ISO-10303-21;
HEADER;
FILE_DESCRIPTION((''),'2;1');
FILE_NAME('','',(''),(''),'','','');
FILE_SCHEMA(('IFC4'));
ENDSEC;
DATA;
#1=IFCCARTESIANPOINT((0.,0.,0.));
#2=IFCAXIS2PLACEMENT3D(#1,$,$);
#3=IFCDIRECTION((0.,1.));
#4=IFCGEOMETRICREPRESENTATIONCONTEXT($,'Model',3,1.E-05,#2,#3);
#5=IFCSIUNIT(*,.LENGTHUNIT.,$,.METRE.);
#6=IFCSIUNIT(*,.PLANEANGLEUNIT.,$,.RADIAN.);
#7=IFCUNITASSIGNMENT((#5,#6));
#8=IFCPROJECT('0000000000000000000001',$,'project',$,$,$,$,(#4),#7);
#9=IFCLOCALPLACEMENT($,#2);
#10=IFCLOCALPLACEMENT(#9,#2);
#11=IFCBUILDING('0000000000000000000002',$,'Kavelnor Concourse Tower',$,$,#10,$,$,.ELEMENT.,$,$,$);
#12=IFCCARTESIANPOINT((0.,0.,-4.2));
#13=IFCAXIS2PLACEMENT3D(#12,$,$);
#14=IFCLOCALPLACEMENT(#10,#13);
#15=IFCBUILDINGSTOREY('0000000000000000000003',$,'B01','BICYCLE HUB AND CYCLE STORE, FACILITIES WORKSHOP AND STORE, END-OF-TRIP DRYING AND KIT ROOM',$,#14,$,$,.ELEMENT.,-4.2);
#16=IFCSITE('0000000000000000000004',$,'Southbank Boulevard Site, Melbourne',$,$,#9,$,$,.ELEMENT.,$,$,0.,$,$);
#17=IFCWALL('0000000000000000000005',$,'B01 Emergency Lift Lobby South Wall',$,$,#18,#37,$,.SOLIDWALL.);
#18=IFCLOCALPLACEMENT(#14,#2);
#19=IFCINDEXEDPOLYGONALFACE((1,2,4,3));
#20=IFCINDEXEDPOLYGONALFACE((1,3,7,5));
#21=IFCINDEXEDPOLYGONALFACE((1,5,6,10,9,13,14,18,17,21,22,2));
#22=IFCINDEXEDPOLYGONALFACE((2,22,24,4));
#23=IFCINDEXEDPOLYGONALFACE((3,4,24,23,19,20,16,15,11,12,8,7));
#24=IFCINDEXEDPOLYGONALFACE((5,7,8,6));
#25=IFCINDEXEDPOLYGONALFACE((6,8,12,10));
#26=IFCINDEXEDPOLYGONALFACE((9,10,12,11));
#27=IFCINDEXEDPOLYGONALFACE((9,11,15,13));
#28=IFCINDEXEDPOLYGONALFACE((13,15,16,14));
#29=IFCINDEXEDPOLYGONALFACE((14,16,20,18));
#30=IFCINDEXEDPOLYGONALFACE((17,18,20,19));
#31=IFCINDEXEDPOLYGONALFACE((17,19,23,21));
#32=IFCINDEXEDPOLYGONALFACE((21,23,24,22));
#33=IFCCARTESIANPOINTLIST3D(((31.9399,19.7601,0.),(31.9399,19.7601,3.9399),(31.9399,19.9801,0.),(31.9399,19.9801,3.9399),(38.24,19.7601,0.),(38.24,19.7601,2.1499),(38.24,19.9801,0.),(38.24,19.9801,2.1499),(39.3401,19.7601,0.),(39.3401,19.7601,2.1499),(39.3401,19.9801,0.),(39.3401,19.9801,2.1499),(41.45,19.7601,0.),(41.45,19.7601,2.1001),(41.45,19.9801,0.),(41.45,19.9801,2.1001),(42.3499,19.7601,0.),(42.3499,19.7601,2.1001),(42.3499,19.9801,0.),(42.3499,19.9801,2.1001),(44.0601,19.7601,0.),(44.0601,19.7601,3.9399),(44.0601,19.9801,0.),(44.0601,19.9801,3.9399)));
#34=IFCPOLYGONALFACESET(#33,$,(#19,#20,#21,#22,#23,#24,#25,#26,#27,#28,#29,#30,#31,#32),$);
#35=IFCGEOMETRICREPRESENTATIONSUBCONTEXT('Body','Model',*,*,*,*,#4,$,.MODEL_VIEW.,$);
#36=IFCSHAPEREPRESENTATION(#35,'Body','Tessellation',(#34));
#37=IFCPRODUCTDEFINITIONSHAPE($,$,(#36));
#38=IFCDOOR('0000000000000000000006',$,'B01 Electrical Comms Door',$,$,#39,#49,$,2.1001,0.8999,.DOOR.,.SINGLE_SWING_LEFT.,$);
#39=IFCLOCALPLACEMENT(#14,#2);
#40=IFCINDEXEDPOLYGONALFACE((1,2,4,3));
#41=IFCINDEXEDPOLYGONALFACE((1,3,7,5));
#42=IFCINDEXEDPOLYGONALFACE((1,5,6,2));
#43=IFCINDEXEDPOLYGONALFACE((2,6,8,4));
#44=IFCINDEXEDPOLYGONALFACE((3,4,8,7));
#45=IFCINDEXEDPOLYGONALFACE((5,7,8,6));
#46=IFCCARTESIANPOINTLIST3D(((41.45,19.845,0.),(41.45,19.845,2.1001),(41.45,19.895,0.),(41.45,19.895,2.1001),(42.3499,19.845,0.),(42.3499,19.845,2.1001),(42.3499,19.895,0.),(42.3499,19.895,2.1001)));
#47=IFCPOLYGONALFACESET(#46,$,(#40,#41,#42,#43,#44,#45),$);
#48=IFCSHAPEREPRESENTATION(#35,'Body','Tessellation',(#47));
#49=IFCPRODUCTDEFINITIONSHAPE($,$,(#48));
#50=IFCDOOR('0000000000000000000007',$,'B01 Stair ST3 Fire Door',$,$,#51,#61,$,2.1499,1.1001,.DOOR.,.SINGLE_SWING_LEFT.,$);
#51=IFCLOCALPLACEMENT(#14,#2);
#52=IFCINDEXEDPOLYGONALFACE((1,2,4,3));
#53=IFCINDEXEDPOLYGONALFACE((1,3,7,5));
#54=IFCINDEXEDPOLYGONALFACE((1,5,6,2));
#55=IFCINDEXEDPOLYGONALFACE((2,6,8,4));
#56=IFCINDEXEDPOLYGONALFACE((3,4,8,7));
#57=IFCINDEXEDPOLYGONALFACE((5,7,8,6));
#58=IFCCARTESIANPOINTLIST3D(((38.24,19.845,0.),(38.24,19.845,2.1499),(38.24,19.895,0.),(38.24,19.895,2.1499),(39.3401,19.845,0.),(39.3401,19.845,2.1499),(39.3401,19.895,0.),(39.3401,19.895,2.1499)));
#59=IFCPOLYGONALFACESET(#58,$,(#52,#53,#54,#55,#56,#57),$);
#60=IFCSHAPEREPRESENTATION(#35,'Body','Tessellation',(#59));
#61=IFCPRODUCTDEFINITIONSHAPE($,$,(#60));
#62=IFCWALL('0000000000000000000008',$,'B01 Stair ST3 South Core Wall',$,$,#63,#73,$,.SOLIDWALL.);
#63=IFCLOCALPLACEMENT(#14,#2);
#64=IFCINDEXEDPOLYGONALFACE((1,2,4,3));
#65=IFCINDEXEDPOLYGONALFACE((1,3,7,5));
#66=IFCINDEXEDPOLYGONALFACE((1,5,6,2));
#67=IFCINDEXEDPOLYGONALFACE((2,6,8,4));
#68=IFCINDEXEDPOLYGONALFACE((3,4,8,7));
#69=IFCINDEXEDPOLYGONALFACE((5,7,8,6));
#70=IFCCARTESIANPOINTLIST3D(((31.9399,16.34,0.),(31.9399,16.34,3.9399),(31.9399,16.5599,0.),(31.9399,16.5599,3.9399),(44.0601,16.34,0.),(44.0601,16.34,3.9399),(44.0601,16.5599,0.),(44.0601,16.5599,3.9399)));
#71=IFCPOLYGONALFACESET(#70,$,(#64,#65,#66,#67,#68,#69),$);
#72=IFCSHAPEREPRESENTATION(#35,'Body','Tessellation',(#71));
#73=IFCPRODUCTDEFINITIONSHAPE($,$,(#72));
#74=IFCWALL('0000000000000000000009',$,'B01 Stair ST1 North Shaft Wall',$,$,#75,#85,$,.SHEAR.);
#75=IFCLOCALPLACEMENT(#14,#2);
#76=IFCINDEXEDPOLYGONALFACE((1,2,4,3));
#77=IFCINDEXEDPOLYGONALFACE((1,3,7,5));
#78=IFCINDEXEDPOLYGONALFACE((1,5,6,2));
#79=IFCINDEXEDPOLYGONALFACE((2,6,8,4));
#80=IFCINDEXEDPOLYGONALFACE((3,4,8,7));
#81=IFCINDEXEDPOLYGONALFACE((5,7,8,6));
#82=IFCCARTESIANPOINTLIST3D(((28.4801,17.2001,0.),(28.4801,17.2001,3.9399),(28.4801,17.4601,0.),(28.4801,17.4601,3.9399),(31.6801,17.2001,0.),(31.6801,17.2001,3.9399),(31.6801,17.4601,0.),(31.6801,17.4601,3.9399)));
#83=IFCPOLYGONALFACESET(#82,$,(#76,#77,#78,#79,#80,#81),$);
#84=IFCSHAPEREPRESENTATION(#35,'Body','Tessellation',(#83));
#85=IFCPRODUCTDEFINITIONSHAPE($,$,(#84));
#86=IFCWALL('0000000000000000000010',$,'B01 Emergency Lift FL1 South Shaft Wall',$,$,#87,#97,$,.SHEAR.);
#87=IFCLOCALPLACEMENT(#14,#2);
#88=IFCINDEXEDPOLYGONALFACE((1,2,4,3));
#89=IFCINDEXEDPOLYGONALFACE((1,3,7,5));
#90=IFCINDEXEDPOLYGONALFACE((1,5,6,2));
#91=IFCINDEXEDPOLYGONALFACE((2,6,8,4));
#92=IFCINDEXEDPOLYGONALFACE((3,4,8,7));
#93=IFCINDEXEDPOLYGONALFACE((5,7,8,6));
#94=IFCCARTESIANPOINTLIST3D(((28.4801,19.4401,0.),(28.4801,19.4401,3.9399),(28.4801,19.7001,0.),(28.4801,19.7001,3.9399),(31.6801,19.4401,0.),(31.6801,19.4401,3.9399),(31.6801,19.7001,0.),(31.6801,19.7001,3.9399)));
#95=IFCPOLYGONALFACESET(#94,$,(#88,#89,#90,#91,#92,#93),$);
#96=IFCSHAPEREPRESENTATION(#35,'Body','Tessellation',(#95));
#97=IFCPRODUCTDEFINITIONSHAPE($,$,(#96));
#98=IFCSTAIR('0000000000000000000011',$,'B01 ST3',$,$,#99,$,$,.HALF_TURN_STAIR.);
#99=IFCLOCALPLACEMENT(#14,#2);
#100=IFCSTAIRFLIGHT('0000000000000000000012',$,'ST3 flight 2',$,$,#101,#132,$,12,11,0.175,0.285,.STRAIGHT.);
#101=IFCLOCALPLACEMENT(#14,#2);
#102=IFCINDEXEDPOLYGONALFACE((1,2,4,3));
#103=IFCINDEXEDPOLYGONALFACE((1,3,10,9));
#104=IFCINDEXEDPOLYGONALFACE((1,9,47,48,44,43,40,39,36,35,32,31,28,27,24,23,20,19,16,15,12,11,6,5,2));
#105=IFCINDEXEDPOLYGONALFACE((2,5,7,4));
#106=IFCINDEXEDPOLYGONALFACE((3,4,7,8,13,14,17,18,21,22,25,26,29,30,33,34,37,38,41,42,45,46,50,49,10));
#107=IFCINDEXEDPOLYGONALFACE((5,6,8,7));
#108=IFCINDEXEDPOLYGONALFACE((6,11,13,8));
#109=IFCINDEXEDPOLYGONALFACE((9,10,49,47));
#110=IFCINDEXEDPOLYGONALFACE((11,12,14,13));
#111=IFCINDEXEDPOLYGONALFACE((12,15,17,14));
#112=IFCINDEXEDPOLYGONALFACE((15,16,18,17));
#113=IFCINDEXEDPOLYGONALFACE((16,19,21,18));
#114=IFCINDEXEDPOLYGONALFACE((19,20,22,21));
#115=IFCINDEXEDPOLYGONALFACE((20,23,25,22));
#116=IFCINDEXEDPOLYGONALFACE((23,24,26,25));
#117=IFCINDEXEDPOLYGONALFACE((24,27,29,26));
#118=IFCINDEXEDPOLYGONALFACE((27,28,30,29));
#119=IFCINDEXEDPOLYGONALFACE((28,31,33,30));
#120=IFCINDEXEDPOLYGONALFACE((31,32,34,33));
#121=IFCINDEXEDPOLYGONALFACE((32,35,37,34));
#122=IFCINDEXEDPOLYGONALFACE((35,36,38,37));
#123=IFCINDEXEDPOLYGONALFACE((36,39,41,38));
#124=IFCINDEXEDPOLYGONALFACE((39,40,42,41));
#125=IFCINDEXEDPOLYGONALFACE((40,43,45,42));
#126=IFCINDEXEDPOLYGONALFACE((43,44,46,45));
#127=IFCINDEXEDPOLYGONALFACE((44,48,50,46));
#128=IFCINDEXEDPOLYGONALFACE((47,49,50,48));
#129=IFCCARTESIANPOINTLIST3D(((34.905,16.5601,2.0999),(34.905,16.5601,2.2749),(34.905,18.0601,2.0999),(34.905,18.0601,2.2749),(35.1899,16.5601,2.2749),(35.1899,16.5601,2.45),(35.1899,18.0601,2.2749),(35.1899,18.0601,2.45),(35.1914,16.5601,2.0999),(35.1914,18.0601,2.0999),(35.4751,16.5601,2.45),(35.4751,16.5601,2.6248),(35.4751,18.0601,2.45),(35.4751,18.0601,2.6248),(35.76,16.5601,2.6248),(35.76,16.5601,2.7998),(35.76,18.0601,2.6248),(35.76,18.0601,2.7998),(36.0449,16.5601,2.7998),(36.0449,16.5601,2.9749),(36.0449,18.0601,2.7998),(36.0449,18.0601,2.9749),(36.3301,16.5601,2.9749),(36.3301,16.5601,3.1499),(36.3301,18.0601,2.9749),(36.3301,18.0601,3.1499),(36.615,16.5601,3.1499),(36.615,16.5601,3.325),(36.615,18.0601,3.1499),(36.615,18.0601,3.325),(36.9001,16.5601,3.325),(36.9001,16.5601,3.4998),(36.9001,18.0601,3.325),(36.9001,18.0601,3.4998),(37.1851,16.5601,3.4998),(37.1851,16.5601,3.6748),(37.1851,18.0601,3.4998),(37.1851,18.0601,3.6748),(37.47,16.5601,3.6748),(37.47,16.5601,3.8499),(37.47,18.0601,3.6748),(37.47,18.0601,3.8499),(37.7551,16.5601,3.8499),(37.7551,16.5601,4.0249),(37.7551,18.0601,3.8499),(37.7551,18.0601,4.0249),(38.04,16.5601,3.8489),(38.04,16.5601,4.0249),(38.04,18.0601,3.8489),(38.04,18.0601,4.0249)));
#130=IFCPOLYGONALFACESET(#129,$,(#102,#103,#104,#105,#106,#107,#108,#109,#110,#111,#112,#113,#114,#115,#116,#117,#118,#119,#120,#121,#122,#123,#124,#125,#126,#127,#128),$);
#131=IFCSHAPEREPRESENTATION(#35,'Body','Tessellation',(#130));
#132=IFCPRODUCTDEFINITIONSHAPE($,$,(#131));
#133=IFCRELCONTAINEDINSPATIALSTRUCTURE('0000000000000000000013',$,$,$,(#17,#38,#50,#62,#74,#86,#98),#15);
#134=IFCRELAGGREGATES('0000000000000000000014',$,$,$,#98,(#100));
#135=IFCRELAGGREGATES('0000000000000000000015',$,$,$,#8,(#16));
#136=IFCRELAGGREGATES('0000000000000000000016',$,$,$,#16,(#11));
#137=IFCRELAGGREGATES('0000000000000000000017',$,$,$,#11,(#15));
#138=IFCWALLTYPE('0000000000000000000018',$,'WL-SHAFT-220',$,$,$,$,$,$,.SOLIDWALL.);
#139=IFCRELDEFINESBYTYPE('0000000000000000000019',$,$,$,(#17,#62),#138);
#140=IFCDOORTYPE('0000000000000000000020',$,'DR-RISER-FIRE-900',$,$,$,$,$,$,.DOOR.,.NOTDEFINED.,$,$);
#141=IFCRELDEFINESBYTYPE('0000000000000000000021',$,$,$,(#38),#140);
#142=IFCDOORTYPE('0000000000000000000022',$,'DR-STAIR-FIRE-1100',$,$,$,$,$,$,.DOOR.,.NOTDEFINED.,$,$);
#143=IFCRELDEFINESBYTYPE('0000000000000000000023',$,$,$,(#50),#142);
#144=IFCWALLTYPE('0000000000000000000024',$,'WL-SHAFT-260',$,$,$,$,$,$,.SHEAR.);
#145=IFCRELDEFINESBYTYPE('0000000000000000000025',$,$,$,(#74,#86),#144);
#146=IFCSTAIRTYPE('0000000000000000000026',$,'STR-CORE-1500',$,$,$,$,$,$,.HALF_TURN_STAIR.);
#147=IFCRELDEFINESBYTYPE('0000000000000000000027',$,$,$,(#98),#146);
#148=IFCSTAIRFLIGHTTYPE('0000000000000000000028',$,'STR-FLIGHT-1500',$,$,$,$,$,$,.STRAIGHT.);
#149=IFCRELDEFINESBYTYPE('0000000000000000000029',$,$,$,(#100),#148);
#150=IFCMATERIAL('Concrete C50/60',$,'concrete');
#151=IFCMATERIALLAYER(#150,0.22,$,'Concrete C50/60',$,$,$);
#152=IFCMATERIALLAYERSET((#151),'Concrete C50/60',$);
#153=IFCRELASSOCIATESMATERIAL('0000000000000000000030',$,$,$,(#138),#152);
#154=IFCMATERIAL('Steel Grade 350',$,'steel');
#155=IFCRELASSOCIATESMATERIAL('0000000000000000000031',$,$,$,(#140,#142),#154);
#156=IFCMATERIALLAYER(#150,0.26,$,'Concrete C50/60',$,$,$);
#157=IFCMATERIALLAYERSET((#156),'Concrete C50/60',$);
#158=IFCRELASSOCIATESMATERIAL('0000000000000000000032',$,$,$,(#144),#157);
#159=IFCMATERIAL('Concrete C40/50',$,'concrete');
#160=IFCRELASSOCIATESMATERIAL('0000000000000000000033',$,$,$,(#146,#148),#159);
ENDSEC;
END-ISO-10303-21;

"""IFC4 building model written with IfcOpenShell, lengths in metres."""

from ifc_helpers import new_model, si_unit, direction, frame, frame_2d, origin, place, context, subcontext, project, spatial, polyline, rectangle, outline, extrude, material, layer, layer_set, type_object, element, fill, aggregate, save


model = new_model("IFC4")

# Units and contexts
model_context = context("Model", 3, precision=1e-05, world=origin(), true_north=direction((0.0, 1.0)))
body_context = subcontext(model_context, "Body", "Model", "MODEL_VIEW")
ifc_project = project(units=[si_unit("LENGTHUNIT", "METRE"), si_unit("PLANEANGLEUNIT", "RADIAN")], contexts=[model_context])

# Site, building, storey
site_placement = place(None, origin())
site = spatial("IfcSite", under=ifc_project, at=site_placement, Name="Southbank Boulevard Site, Melbourne", CompositionType="ELEMENT", RefElevation=0.0)
building_placement = place(site_placement, origin())
building = spatial("IfcBuilding", under=site, at=building_placement, Name="Kavelnor Concourse Tower", CompositionType="ELEMENT")
storey_placement = place(building_placement, frame((0.0, 0.0, -4.2)))
storey = spatial("IfcBuildingStorey", under=building, at=storey_placement, Name="B01", Description="BICYCLE HUB AND CYCLE STORE, FACILITIES WORKSHOP AND STORE, END-OF-TRIP DRYING AND KIT ROOM", CompositionType="ELEMENT", Elevation=-4.2)

# Shared definitions
ifc_material_1 = material(Name="Steel Grade 350", Category="steel")

# Shared definitions
ifc_material_2 = material(Name="Concrete C50/60", Category="concrete")

# Wall, openings, doors
ifc_layer_1 = layer(ifc_material_2, 0.22, Name="Concrete C50/60")
ifc_layer_set_1 = layer_set([ifc_layer_1], Name="Concrete C50/60")
wall_type_1 = type_object("IfcWallType", Name="WL-SHAFT-220", PredefinedType="SOLIDWALL", material=ifc_layer_set_1)
wall_1_placement = place(storey_placement, frame((31.9399, 19.8701, 0.0), z_axis=(0.0, 0.0, 1.0), x_axis=(1.0, 0.0, 0.0)))
wall_1 = element("IfcWall", 1, at=wall_1_placement, inside=storey, type_object=wall_type_1, Name="B01 Emergency Lift Lobby South Wall", PredefinedType="SOLIDWALL", context=body_context, shape_type="SweptSolid", body=[
    extrude(rectangle(XDim=12.1201, YDim=0.22, at=frame_2d((6.0601, 0.0))), origin(), (0.0, 0.0, 1.0), 3.9399),
])
opening_1_placement = place(wall_1_placement, frame((6.3, 0.0, 0.0)))
opening_1 = element("IfcOpeningElement", 2, at=opening_1_placement, cuts=wall_1, PredefinedType="OPENING", context=body_context, shape_type="SweptSolid", body=[
    extrude(rectangle(XDim=1.1001, YDim=2.1499, at=frame_2d((0.55, 1.075))), frame((0.0, 0.1201, 0.0), z_axis=(0.0, -1.0, 0.0), x_axis=(1.0, 0.0, 0.0)), (0.0, 0.0, 1.0), 0.24),
])
opening_2_placement = place(wall_1_placement, frame((9.51, 0.0, 0.0)))
opening_2 = element("IfcOpeningElement", 3, at=opening_2_placement, cuts=wall_1, PredefinedType="OPENING", context=body_context, shape_type="SweptSolid", body=[
    extrude(rectangle(XDim=0.8999, YDim=2.1001, at=frame_2d((0.45, 1.05))), frame((0.0, 0.1201, 0.0), z_axis=(0.0, -1.0, 0.0), x_axis=(1.0, 0.0, 0.0)), (0.0, 0.0, 1.0), 0.24),
])
door_type_1 = type_object("IfcDoorType", Name="DR-RISER-FIRE-900", OperationType="NOTDEFINED", PredefinedType="DOOR", material=ifc_material_1)
door_1_placement = place(opening_2_placement, origin())
door_1 = element("IfcDoor", 4, at=door_1_placement, inside=storey, type_object=door_type_1, Name="B01 Electrical Comms Door", OperationType="SINGLE_SWING_LEFT", OverallHeight=2.1001, OverallWidth=0.8999, PredefinedType="DOOR", context=body_context, shape_type="SweptSolid", body=[
    extrude(rectangle(XDim=0.8999, YDim=2.1001, at=frame_2d((0.45, 1.05))), frame((0.0, 0.0249, 0.0), z_axis=(0.0, -1.0, 0.0), x_axis=(1.0, 0.0, 0.0)), (0.0, 0.0, 1.0), 0.05),
])
fill(opening_2, door_1)
door_type_2 = type_object("IfcDoorType", Name="DR-STAIR-FIRE-1100", OperationType="NOTDEFINED", PredefinedType="DOOR", material=ifc_material_1)
door_2_placement = place(opening_1_placement, origin())
door_2 = element("IfcDoor", 5, at=door_2_placement, inside=storey, type_object=door_type_2, Name="B01 Stair ST3 Fire Door", OperationType="SINGLE_SWING_LEFT", OverallHeight=2.1499, OverallWidth=1.1001, PredefinedType="DOOR", context=body_context, shape_type="SweptSolid", body=[
    extrude(rectangle(XDim=1.1001, YDim=2.1499, at=frame_2d((0.55, 1.075))), frame((0.0, 0.0249, 0.0), z_axis=(0.0, -1.0, 0.0), x_axis=(1.0, 0.0, 0.0)), (0.0, 0.0, 1.0), 0.05),
])
fill(opening_1, door_2)

# Walls
wall_2_placement = place(storey_placement, frame((31.9399, 16.45, 0.0), z_axis=(0.0, 0.0, 1.0), x_axis=(1.0, 0.0, 0.0)))
element("IfcWall", 6, at=wall_2_placement, inside=storey, type_object=wall_type_1, Name="B01 Stair ST3 South Core Wall", PredefinedType="SOLIDWALL", context=body_context, shape_type="SweptSolid", body=[
    extrude(rectangle(XDim=12.1201, YDim=0.22, at=frame_2d((6.0601, 0.0))), origin(), (0.0, 0.0, 1.0), 3.9399),
])
ifc_layer_2 = layer(ifc_material_2, 0.26, Name="Concrete C50/60")
ifc_layer_set_2 = layer_set([ifc_layer_2], Name="Concrete C50/60")
wall_type_2 = type_object("IfcWallType", Name="WL-SHAFT-260", PredefinedType="SHEAR", material=ifc_layer_set_2)
for number, where, z_axis, x_axis, name in (
    (7, (28.48, 17.3301, 0.0), (0.0, 0.0, 1.0), (1.0, 0.0, 0.0), "B01 Stair ST1 North Shaft Wall"),
    (8, (28.48, 19.5701, 0.0), (0.0, 0.0, 1.0), (1.0, 0.0, 0.0), "B01 Emergency Lift FL1 South Shaft Wall"),
):
    element("IfcWall", number, at=place(storey_placement, frame(where, z_axis=z_axis, x_axis=x_axis)), inside=storey, type_object=wall_type_2, Name=name, PredefinedType="SHEAR", context=body_context, shape_type="SweptSolid", body=[
        extrude(rectangle(XDim=3.2, YDim=0.26, at=frame_2d((1.6001, 0.0))), origin(), (0.0, 0.0, 1.0), 3.9399),
    ])

# Stair, stair flight
ifc_material_3 = material(Name="Concrete C40/50", Category="concrete")
stair_type = type_object("IfcStairType", Name="STR-CORE-1500", PredefinedType="HALF_TURN_STAIR", material=ifc_material_3)
stair_placement = place(storey_placement, origin())
stair = element("IfcStair", 9, at=stair_placement, inside=storey, type_object=stair_type, Name="B01 ST3", PredefinedType="HALF_TURN_STAIR")
stair_flight_type = type_object("IfcStairFlightType", Name="STR-FLIGHT-1500", PredefinedType="STRAIGHT", material=ifc_material_3)
stair_flight_placement = place(storey_placement, frame((34.905, 17.3101, 2.0999), z_axis=(0.0, 0.0, 1.0), x_axis=(1.0, 0.0, 0.0)))
stair_flight = element("IfcStairFlight", 10, at=stair_flight_placement, type_object=stair_flight_type, Name="ST3 flight 2", NumberOfRisers=12, NumberOfTreads=11, PredefinedType="STRAIGHT", RiserHeight=0.175, TreadLength=0.285, context=body_context, shape_type="SweptSolid", body=[
    extrude(outline(polyline([(0.0, 0.0), (0.0, 0.175), (0.2849, 0.175), (0.2849, 0.3501), (0.5701, 0.3501), (0.5701, 0.5249), (0.855, 0.5249), (0.855, 0.7), (1.1399, 0.7), (1.1399, 0.875), (1.425, 0.875), (1.425, 1.05), (1.71, 1.05), (1.71, 1.2251), (1.9951, 1.2251), (1.9951, 1.3999), (2.28, 1.3999), (2.28, 1.575), (2.5649, 1.575), (2.5649, 1.75), (2.8501, 1.75), (2.8501, 1.925), (3.135, 1.925), (3.135, 2.1001), (3.135, 1.749), (0.2864, 0.0), (0.0, 0.0)])), frame((0.0, 0.75, 0.0), z_axis=(0.0, -1.0, 0.0), x_axis=(1.0, 0.0, 0.0)), (0.0, 0.0, 1.0), 1.5),
])
aggregate(stair, [stair_flight])

save(model, "model.ifc")
